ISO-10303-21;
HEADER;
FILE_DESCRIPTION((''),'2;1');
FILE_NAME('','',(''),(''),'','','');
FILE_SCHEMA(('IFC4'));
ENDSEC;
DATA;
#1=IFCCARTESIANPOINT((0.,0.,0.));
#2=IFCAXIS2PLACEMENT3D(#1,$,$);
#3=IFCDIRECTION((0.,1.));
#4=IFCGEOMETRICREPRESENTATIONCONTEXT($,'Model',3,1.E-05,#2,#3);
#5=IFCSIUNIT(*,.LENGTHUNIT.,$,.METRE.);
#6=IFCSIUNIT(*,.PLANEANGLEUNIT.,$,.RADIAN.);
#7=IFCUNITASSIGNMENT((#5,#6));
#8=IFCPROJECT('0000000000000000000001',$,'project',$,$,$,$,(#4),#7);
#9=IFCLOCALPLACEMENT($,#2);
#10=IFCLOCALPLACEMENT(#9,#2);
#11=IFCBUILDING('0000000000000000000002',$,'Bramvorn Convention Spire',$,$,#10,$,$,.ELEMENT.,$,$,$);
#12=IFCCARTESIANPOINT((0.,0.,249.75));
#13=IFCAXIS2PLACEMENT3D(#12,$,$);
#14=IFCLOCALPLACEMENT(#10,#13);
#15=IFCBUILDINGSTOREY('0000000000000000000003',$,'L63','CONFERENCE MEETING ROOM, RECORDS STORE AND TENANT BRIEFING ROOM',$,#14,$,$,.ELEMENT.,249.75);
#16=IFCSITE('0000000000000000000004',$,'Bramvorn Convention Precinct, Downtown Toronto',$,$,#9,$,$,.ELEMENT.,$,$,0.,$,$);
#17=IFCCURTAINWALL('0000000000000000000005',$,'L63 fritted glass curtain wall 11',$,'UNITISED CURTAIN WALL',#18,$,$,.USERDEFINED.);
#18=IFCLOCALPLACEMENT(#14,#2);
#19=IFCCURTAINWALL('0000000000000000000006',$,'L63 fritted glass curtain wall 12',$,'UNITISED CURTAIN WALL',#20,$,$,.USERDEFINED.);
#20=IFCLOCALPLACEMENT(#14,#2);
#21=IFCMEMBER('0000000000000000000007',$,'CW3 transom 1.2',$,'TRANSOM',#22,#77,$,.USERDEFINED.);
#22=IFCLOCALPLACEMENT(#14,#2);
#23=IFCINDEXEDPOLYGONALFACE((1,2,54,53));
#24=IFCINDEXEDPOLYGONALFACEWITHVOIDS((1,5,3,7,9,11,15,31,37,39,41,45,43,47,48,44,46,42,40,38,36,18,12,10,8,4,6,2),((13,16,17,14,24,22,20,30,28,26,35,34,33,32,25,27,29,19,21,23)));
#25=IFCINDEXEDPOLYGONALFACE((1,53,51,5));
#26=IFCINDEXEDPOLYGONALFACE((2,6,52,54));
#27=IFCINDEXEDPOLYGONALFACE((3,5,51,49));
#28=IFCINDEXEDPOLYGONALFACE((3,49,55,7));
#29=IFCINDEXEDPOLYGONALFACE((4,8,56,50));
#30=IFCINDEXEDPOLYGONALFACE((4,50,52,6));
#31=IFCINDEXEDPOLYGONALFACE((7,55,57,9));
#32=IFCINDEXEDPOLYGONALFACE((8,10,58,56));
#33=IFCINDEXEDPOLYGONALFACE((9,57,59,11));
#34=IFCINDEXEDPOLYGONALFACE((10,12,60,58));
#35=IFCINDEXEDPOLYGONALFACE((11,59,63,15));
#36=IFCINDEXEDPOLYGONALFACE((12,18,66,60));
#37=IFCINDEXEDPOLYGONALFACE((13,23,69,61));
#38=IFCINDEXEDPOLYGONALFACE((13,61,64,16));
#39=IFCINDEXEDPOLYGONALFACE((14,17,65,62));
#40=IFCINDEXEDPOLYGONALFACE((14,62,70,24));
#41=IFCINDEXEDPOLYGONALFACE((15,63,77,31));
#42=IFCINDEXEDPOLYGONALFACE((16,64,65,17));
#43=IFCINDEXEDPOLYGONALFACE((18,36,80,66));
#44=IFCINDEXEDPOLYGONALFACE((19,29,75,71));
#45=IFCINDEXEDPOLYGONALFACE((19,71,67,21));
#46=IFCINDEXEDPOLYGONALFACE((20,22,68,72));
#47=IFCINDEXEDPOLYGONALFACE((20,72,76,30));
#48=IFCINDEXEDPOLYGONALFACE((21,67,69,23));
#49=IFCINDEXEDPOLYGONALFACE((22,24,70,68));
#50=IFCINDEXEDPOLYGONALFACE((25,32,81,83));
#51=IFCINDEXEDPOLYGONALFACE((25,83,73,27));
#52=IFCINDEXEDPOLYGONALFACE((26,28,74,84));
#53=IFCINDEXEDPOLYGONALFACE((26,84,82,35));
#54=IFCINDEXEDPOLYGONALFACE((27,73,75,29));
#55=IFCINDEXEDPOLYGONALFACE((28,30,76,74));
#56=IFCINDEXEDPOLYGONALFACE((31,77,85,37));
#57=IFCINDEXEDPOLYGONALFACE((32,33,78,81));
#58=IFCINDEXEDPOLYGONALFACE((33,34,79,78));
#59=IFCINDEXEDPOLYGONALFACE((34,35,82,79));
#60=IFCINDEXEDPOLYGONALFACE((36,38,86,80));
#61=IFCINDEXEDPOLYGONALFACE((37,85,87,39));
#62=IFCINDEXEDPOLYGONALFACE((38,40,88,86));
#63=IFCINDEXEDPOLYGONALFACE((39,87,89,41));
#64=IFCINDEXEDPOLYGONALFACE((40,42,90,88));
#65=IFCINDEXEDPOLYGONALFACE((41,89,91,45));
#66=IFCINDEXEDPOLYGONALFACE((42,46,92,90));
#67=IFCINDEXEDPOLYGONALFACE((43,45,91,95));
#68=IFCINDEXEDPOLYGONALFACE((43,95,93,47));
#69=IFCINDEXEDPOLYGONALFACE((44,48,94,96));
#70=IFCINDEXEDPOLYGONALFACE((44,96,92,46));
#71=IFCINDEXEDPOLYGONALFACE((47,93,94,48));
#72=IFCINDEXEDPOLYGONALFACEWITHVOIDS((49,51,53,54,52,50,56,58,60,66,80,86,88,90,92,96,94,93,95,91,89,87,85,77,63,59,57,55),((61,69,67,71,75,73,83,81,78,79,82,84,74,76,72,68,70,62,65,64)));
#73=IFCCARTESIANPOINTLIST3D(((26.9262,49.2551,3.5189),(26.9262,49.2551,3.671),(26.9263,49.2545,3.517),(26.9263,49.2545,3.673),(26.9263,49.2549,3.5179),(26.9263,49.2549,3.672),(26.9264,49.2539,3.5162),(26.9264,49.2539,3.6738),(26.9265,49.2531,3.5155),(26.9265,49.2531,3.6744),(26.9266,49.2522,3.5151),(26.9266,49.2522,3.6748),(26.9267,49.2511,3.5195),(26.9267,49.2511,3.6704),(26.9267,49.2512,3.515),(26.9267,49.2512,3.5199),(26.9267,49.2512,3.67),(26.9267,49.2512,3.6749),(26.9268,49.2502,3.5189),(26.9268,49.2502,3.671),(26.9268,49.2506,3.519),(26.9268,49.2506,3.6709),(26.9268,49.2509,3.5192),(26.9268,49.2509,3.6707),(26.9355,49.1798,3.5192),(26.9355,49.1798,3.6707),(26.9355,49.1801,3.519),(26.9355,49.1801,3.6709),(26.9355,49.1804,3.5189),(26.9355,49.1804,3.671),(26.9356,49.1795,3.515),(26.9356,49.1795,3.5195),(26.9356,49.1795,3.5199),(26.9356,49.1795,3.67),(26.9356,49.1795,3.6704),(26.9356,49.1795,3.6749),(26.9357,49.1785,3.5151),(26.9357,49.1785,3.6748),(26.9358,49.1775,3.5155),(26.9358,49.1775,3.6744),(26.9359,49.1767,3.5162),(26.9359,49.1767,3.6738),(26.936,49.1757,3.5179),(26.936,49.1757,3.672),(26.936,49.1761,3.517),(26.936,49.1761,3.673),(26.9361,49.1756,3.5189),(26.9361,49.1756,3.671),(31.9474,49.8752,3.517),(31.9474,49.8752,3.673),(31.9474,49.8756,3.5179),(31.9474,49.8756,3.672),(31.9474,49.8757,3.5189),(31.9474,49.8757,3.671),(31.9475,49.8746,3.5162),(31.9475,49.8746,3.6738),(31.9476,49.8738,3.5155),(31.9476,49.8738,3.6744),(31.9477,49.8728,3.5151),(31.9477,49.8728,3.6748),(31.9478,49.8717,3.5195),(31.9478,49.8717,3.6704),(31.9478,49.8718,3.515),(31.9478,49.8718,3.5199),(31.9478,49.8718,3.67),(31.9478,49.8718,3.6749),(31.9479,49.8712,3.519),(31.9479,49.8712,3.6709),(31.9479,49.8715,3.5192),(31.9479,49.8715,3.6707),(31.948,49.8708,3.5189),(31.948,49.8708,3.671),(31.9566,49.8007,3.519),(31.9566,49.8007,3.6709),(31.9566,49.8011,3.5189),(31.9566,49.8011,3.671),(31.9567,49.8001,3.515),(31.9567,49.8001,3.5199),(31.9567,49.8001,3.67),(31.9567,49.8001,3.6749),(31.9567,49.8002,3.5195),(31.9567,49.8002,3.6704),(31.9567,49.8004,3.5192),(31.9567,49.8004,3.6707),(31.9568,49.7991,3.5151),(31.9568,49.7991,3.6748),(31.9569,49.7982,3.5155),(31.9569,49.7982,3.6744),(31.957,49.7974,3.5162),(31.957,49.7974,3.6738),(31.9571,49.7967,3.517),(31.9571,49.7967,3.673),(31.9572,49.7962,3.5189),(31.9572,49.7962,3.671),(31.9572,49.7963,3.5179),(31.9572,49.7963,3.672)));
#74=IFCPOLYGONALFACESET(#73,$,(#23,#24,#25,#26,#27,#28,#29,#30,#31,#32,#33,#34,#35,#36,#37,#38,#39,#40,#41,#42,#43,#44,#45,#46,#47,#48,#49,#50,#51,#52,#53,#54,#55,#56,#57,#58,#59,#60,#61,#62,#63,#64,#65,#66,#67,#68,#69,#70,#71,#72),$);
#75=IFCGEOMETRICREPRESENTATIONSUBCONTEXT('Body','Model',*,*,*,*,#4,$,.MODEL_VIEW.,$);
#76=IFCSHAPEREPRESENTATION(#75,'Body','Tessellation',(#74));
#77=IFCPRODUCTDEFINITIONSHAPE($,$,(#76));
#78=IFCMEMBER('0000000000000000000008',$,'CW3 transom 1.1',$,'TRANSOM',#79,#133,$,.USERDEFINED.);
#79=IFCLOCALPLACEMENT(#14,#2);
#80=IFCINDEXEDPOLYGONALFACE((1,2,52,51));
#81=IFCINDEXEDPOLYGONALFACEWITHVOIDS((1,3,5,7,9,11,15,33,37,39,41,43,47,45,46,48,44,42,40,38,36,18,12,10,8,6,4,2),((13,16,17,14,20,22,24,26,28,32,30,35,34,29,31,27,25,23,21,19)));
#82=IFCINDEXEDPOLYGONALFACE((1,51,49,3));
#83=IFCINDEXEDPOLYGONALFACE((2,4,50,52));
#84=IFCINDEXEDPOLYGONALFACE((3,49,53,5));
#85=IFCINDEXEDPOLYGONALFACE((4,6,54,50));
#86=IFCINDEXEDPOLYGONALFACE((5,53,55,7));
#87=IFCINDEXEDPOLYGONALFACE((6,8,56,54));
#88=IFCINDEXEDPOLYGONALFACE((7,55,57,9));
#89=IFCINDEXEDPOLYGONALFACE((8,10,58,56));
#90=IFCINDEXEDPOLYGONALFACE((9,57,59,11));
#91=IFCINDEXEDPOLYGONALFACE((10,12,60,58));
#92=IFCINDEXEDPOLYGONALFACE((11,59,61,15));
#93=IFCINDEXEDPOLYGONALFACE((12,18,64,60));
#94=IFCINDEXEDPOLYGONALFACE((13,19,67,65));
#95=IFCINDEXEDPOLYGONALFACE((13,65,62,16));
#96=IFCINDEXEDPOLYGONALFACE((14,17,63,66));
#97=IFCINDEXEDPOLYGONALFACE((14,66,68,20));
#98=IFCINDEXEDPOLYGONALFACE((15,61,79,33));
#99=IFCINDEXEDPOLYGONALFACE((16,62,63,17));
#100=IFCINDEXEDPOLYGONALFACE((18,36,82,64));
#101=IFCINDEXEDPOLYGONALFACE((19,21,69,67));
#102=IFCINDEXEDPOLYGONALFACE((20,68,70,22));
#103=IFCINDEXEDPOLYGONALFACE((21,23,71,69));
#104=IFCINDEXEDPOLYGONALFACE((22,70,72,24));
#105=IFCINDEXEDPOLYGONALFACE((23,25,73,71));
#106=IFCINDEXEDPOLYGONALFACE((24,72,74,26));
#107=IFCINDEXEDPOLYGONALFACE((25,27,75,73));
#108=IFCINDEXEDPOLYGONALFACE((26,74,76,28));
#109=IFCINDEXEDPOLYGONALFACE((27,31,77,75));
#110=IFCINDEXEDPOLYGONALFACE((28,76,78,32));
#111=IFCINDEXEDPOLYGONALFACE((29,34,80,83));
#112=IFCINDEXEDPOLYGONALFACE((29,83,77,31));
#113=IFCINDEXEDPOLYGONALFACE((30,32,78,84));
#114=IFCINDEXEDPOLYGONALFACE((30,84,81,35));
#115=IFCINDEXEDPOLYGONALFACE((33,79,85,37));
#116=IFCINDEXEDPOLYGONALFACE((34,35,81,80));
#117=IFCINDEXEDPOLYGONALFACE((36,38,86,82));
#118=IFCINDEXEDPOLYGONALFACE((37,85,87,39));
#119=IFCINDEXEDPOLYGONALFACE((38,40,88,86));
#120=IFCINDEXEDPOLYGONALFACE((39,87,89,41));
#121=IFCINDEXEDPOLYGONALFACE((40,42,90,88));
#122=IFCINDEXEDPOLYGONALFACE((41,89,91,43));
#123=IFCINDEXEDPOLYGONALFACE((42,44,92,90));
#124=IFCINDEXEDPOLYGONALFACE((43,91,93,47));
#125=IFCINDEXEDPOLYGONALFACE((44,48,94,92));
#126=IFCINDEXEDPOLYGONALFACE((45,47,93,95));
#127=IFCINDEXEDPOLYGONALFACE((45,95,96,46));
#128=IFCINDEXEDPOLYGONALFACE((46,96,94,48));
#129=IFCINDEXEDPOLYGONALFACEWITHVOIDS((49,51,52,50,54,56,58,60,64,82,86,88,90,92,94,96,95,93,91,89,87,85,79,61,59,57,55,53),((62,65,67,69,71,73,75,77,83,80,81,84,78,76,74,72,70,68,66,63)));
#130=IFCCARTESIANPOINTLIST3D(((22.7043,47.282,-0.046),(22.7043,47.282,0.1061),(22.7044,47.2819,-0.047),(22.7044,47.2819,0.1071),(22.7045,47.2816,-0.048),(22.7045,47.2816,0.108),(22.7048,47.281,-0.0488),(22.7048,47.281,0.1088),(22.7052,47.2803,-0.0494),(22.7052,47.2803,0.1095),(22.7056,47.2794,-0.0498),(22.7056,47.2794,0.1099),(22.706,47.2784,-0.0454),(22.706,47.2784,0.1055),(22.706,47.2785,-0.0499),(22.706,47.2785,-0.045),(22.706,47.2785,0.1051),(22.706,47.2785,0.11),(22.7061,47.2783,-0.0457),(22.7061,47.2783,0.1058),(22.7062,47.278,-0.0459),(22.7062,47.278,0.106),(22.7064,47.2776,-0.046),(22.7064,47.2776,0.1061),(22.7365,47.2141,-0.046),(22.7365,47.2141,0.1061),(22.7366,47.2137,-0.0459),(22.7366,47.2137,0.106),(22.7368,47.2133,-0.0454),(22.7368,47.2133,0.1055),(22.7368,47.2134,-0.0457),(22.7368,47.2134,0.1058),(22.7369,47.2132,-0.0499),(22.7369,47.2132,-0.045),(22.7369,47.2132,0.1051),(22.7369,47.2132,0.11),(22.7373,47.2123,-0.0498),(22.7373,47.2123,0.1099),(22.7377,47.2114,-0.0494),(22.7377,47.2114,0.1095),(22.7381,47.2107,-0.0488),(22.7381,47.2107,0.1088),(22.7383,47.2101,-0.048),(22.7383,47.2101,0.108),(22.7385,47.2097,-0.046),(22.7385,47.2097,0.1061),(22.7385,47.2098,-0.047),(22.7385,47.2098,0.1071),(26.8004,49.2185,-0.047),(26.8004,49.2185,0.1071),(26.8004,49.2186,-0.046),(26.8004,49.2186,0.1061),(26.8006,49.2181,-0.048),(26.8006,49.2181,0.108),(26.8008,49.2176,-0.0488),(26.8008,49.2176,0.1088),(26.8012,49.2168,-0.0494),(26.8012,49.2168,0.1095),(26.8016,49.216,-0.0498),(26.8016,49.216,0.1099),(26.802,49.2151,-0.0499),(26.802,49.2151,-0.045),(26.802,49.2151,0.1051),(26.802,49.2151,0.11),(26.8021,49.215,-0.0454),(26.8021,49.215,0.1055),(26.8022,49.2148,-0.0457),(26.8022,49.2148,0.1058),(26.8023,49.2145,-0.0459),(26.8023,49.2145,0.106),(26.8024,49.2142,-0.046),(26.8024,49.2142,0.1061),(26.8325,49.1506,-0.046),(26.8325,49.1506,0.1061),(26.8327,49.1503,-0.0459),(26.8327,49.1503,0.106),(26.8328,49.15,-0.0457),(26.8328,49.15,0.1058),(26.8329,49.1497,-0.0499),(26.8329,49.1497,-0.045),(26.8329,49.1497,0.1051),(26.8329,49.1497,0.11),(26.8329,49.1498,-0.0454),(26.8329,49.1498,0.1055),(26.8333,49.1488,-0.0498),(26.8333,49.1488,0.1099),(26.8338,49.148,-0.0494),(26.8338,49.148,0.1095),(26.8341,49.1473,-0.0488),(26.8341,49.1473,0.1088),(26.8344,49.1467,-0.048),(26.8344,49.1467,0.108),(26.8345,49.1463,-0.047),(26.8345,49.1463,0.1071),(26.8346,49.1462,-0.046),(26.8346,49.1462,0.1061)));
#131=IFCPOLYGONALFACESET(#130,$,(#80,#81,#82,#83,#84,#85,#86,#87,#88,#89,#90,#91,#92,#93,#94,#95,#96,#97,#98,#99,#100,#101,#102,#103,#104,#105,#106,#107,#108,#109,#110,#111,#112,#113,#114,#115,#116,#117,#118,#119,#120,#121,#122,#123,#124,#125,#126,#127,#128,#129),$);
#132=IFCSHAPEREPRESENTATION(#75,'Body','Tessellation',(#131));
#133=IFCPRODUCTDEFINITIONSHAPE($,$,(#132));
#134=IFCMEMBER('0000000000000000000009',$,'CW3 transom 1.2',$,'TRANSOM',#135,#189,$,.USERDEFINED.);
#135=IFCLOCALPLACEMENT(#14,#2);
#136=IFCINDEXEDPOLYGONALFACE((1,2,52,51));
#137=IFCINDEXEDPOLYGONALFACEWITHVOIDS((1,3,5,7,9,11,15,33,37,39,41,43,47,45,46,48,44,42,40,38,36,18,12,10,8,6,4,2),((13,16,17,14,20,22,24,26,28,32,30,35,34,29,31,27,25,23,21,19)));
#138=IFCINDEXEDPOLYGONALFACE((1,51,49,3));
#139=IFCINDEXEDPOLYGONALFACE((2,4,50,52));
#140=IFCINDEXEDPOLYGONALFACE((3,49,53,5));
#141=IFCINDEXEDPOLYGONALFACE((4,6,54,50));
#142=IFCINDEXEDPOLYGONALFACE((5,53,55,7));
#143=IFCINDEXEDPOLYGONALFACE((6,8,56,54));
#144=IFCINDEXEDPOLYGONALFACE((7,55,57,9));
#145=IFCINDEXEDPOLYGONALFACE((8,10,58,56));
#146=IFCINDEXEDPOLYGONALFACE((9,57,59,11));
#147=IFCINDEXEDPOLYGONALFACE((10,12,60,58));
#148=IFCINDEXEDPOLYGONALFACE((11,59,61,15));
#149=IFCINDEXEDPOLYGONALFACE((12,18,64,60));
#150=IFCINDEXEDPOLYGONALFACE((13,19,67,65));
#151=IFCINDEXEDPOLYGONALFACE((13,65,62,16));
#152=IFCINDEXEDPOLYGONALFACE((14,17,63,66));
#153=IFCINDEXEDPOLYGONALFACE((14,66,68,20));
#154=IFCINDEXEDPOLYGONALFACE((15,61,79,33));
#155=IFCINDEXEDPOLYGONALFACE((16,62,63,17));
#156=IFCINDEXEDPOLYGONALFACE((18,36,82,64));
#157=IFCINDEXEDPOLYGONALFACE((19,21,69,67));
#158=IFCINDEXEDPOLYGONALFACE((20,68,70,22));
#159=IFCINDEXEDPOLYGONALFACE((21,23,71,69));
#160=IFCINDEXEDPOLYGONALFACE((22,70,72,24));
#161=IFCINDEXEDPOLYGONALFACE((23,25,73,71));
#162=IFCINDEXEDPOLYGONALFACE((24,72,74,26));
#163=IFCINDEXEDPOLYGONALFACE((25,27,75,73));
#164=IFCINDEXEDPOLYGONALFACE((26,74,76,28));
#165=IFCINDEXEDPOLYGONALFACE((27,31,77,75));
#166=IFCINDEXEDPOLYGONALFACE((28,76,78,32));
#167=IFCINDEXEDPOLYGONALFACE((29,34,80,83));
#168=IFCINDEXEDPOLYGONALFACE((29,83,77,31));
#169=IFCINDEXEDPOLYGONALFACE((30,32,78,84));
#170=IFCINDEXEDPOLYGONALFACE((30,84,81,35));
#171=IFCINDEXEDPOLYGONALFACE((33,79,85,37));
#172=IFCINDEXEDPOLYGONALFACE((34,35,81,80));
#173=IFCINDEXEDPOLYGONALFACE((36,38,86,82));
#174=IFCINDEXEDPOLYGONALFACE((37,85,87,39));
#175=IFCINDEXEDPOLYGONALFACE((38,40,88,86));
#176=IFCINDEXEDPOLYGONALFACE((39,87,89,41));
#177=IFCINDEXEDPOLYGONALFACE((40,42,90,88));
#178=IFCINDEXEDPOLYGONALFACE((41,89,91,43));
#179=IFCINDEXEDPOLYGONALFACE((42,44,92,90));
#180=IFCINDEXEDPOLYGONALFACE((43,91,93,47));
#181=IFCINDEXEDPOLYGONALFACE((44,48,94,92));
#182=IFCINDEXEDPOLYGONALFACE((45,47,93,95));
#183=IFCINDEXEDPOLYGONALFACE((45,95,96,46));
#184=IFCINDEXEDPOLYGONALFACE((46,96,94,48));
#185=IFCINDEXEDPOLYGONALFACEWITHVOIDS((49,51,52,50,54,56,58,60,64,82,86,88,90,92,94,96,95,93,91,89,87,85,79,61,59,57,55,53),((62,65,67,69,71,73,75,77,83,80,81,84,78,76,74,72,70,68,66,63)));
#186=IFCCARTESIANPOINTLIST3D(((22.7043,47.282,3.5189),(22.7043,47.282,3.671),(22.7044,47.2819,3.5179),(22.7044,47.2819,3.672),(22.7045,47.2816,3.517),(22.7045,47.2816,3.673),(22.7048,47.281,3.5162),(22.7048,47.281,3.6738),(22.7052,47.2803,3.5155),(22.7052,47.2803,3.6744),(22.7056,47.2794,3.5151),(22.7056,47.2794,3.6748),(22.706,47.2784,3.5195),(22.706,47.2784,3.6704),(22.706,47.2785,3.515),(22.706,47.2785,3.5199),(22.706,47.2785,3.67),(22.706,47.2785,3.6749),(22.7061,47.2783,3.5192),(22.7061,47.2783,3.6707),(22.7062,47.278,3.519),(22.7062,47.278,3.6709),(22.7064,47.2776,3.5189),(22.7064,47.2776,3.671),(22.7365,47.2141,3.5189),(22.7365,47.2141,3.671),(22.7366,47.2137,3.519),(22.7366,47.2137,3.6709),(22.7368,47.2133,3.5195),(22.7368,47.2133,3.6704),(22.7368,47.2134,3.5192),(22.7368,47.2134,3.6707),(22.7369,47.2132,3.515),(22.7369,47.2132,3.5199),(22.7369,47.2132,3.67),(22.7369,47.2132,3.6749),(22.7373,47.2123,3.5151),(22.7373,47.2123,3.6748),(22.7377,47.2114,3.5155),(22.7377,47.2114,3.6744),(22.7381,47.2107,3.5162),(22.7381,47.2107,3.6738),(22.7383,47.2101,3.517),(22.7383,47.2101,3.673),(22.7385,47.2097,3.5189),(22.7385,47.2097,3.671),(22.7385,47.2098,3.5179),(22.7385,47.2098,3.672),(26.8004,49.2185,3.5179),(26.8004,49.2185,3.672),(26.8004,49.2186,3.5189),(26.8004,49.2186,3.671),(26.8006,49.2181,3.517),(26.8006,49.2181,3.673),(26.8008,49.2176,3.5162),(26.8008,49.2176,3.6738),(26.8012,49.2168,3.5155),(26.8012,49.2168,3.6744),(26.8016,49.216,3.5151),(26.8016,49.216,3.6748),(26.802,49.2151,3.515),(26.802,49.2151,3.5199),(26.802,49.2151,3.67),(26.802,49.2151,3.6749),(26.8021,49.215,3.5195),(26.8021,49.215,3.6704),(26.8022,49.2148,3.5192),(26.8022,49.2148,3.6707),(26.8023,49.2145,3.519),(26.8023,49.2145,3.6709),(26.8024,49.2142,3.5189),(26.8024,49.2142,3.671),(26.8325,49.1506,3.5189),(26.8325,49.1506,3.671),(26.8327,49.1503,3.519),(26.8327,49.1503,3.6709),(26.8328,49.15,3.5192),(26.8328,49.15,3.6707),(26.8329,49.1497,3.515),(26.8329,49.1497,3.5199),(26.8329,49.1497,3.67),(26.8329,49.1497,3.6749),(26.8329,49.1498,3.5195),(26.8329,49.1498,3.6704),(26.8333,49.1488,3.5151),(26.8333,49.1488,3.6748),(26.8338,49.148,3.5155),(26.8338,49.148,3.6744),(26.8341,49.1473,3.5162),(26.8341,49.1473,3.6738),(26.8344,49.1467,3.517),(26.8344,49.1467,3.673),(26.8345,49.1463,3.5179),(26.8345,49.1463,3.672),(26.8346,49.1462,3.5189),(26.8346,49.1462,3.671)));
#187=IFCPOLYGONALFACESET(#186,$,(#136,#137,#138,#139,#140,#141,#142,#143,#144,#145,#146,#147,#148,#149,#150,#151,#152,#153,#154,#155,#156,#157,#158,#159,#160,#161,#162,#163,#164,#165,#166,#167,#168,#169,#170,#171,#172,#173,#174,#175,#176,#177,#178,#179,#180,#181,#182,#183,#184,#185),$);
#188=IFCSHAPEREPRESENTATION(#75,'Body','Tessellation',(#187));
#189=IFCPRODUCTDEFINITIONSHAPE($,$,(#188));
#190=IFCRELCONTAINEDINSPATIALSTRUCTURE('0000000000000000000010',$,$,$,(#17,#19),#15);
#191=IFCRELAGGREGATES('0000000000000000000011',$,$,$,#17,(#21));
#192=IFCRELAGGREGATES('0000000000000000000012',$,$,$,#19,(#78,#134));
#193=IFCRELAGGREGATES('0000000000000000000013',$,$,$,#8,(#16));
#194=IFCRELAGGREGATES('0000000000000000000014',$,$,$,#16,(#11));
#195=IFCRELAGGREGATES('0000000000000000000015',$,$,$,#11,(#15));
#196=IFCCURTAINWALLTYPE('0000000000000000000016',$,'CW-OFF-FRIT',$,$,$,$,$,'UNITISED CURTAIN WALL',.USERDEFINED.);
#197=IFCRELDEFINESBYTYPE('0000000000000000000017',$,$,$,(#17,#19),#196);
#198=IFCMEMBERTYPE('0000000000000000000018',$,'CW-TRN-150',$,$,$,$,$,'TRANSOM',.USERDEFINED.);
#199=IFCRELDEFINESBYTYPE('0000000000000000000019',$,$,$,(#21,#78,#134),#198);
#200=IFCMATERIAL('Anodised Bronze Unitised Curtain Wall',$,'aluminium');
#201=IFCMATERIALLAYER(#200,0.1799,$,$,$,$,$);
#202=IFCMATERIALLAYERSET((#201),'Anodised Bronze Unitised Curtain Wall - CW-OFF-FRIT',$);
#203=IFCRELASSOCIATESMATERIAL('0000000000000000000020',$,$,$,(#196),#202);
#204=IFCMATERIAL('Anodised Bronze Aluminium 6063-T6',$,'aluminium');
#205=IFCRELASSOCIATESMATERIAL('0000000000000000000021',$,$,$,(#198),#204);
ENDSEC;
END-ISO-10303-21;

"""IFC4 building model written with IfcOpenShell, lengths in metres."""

from ifc_helpers import new_model, si_unit, direction, frame, origin, origin_2d, place, context, subcontext, project, spatial, hollow_rectangle, extrude, material, layer, layer_set, material_profile, profile_set, type_object, element, aggregate, save


model = new_model("IFC4")

# Units and contexts
model_context = context("Model", 3, precision=1e-05, world=origin(), true_north=direction((0.0, 1.0)))
body_context = subcontext(model_context, "Body", "Model", "MODEL_VIEW")
ifc_project = project(units=[si_unit("LENGTHUNIT", "METRE"), si_unit("PLANEANGLEUNIT", "RADIAN")], contexts=[model_context])

# Site, building, storey
site_placement = place(None, origin())
site = spatial("IfcSite", under=ifc_project, at=site_placement, Name="Bramvorn Convention Precinct, Downtown Toronto", CompositionType="ELEMENT", RefElevation=0.0)
building_placement = place(site_placement, origin())
building = spatial("IfcBuilding", under=site, at=building_placement, Name="Bramvorn Convention Spire", CompositionType="ELEMENT")
storey_placement = place(building_placement, frame((0.0, 0.0, 249.75)))
storey = spatial("IfcBuildingStorey", under=building, at=storey_placement, Name="L63", Description="CONFERENCE MEETING ROOM, RECORDS STORE AND TENANT BRIEFING ROOM", CompositionType="ELEMENT", Elevation=249.75)

# Curtain walls
ifc_material_1 = material(Name="Anodised Bronze Unitised Curtain Wall", Category="aluminium")
ifc_layer_1 = layer(ifc_material_1, 0.1799)
ifc_layer_set_1 = layer_set([ifc_layer_1], Name="Anodised Bronze Unitised Curtain Wall - CW-OFF-FRIT")
curtain_wall_type = type_object("IfcCurtainWallType", Name="CW-OFF-FRIT", ElementType="UNITISED CURTAIN WALL", PredefinedType="USERDEFINED", material=ifc_layer_set_1)
curtain_wall_1_placement = place(storey_placement, origin())
curtain_wall_1 = element("IfcCurtainWall", 1, at=curtain_wall_1_placement, inside=storey, type_object=curtain_wall_type, Name="L63 fritted glass curtain wall 11", ObjectType="UNITISED CURTAIN WALL", PredefinedType="USERDEFINED")
ifc_material_2 = material(Name="Anodised Bronze Aluminium 6063-T6", Category="aluminium")
curtain_wall_2_placement = place(storey_placement, origin())
curtain_wall_2 = element("IfcCurtainWall", 2, at=curtain_wall_2_placement, inside=storey, type_object=curtain_wall_type, Name="L63 fritted glass curtain wall 12", ObjectType="UNITISED CURTAIN WALL", PredefinedType="USERDEFINED")

# Members
ifc_material_profile_1 = material_profile(ifc_material_2, hollow_rectangle(XDim=0.0801, YDim=0.1599, WallThickness=0.0039, InnerFilletRadius=0.001, OuterFilletRadius=0.0039, at=origin_2d()))
ifc_profile_set_1 = profile_set([ifc_material_profile_1], Name="Anodised Bronze Aluminium 6063-T6 - CWT80X160")
member_type_1 = type_object("IfcMemberType", Name="CW-TRN-150", ElementType="TRANSOM", PredefinedType="USERDEFINED", material=ifc_profile_set_1)
member_1_placement = place(storey_placement, frame((26.9312, 49.2153, 3.595), z_axis=(0.992448, 0.122669, 0.0), x_axis=(-0.122669, 0.992448, 0.0)))
member_1 = element("IfcMember", 3, at=member_1_placement, type_object=member_type_1, Name="CW3 transom 1.2", ObjectType="TRANSOM", PredefinedType="USERDEFINED", context=body_context, shape_type="SweptSolid", body=[
    extrude(hollow_rectangle(XDim=0.0801, YDim=0.1599, WallThickness=0.0039, InnerFilletRadius=0.001, OuterFilletRadius=0.0039, at=origin_2d()), origin(), (0.0, 0.0, 1.0), 5.0593),
])
member_2_placement = place(storey_placement, frame((22.7214, 47.2458, 0.03), z_axis=(0.90405, 0.427426, 0.0), x_axis=(-0.427426, 0.90405, 0.0)))
member_2 = element("IfcMember", 4, at=member_2_placement, type_object=member_type_1, Name="CW3 transom 1.1", ObjectType="TRANSOM", PredefinedType="USERDEFINED", context=body_context, shape_type="SweptSolid", body=[
    extrude(hollow_rectangle(XDim=0.0801, YDim=0.1599, WallThickness=0.0039, InnerFilletRadius=0.001, OuterFilletRadius=0.0039, at=origin_2d()), origin(), (0.0, 0.0, 1.0), 4.5308),
])
member_3_placement = place(storey_placement, frame((22.7214, 47.2458, 3.595), z_axis=(0.90405, 0.427426, 0.0), x_axis=(-0.427426, 0.90405, 0.0)))
member_3 = element("IfcMember", 5, at=member_3_placement, type_object=member_type_1, Name="CW3 transom 1.2", ObjectType="TRANSOM", PredefinedType="USERDEFINED", context=body_context, shape_type="SweptSolid", body=[
    extrude(hollow_rectangle(XDim=0.0801, YDim=0.1599, WallThickness=0.0039, InnerFilletRadius=0.001, OuterFilletRadius=0.0039, at=origin_2d()), origin(), (0.0, 0.0, 1.0), 4.5308),
])

aggregate(curtain_wall_1, [member_1])
aggregate(curtain_wall_2, [member_2, member_3])

save(model, "model.ifc")
